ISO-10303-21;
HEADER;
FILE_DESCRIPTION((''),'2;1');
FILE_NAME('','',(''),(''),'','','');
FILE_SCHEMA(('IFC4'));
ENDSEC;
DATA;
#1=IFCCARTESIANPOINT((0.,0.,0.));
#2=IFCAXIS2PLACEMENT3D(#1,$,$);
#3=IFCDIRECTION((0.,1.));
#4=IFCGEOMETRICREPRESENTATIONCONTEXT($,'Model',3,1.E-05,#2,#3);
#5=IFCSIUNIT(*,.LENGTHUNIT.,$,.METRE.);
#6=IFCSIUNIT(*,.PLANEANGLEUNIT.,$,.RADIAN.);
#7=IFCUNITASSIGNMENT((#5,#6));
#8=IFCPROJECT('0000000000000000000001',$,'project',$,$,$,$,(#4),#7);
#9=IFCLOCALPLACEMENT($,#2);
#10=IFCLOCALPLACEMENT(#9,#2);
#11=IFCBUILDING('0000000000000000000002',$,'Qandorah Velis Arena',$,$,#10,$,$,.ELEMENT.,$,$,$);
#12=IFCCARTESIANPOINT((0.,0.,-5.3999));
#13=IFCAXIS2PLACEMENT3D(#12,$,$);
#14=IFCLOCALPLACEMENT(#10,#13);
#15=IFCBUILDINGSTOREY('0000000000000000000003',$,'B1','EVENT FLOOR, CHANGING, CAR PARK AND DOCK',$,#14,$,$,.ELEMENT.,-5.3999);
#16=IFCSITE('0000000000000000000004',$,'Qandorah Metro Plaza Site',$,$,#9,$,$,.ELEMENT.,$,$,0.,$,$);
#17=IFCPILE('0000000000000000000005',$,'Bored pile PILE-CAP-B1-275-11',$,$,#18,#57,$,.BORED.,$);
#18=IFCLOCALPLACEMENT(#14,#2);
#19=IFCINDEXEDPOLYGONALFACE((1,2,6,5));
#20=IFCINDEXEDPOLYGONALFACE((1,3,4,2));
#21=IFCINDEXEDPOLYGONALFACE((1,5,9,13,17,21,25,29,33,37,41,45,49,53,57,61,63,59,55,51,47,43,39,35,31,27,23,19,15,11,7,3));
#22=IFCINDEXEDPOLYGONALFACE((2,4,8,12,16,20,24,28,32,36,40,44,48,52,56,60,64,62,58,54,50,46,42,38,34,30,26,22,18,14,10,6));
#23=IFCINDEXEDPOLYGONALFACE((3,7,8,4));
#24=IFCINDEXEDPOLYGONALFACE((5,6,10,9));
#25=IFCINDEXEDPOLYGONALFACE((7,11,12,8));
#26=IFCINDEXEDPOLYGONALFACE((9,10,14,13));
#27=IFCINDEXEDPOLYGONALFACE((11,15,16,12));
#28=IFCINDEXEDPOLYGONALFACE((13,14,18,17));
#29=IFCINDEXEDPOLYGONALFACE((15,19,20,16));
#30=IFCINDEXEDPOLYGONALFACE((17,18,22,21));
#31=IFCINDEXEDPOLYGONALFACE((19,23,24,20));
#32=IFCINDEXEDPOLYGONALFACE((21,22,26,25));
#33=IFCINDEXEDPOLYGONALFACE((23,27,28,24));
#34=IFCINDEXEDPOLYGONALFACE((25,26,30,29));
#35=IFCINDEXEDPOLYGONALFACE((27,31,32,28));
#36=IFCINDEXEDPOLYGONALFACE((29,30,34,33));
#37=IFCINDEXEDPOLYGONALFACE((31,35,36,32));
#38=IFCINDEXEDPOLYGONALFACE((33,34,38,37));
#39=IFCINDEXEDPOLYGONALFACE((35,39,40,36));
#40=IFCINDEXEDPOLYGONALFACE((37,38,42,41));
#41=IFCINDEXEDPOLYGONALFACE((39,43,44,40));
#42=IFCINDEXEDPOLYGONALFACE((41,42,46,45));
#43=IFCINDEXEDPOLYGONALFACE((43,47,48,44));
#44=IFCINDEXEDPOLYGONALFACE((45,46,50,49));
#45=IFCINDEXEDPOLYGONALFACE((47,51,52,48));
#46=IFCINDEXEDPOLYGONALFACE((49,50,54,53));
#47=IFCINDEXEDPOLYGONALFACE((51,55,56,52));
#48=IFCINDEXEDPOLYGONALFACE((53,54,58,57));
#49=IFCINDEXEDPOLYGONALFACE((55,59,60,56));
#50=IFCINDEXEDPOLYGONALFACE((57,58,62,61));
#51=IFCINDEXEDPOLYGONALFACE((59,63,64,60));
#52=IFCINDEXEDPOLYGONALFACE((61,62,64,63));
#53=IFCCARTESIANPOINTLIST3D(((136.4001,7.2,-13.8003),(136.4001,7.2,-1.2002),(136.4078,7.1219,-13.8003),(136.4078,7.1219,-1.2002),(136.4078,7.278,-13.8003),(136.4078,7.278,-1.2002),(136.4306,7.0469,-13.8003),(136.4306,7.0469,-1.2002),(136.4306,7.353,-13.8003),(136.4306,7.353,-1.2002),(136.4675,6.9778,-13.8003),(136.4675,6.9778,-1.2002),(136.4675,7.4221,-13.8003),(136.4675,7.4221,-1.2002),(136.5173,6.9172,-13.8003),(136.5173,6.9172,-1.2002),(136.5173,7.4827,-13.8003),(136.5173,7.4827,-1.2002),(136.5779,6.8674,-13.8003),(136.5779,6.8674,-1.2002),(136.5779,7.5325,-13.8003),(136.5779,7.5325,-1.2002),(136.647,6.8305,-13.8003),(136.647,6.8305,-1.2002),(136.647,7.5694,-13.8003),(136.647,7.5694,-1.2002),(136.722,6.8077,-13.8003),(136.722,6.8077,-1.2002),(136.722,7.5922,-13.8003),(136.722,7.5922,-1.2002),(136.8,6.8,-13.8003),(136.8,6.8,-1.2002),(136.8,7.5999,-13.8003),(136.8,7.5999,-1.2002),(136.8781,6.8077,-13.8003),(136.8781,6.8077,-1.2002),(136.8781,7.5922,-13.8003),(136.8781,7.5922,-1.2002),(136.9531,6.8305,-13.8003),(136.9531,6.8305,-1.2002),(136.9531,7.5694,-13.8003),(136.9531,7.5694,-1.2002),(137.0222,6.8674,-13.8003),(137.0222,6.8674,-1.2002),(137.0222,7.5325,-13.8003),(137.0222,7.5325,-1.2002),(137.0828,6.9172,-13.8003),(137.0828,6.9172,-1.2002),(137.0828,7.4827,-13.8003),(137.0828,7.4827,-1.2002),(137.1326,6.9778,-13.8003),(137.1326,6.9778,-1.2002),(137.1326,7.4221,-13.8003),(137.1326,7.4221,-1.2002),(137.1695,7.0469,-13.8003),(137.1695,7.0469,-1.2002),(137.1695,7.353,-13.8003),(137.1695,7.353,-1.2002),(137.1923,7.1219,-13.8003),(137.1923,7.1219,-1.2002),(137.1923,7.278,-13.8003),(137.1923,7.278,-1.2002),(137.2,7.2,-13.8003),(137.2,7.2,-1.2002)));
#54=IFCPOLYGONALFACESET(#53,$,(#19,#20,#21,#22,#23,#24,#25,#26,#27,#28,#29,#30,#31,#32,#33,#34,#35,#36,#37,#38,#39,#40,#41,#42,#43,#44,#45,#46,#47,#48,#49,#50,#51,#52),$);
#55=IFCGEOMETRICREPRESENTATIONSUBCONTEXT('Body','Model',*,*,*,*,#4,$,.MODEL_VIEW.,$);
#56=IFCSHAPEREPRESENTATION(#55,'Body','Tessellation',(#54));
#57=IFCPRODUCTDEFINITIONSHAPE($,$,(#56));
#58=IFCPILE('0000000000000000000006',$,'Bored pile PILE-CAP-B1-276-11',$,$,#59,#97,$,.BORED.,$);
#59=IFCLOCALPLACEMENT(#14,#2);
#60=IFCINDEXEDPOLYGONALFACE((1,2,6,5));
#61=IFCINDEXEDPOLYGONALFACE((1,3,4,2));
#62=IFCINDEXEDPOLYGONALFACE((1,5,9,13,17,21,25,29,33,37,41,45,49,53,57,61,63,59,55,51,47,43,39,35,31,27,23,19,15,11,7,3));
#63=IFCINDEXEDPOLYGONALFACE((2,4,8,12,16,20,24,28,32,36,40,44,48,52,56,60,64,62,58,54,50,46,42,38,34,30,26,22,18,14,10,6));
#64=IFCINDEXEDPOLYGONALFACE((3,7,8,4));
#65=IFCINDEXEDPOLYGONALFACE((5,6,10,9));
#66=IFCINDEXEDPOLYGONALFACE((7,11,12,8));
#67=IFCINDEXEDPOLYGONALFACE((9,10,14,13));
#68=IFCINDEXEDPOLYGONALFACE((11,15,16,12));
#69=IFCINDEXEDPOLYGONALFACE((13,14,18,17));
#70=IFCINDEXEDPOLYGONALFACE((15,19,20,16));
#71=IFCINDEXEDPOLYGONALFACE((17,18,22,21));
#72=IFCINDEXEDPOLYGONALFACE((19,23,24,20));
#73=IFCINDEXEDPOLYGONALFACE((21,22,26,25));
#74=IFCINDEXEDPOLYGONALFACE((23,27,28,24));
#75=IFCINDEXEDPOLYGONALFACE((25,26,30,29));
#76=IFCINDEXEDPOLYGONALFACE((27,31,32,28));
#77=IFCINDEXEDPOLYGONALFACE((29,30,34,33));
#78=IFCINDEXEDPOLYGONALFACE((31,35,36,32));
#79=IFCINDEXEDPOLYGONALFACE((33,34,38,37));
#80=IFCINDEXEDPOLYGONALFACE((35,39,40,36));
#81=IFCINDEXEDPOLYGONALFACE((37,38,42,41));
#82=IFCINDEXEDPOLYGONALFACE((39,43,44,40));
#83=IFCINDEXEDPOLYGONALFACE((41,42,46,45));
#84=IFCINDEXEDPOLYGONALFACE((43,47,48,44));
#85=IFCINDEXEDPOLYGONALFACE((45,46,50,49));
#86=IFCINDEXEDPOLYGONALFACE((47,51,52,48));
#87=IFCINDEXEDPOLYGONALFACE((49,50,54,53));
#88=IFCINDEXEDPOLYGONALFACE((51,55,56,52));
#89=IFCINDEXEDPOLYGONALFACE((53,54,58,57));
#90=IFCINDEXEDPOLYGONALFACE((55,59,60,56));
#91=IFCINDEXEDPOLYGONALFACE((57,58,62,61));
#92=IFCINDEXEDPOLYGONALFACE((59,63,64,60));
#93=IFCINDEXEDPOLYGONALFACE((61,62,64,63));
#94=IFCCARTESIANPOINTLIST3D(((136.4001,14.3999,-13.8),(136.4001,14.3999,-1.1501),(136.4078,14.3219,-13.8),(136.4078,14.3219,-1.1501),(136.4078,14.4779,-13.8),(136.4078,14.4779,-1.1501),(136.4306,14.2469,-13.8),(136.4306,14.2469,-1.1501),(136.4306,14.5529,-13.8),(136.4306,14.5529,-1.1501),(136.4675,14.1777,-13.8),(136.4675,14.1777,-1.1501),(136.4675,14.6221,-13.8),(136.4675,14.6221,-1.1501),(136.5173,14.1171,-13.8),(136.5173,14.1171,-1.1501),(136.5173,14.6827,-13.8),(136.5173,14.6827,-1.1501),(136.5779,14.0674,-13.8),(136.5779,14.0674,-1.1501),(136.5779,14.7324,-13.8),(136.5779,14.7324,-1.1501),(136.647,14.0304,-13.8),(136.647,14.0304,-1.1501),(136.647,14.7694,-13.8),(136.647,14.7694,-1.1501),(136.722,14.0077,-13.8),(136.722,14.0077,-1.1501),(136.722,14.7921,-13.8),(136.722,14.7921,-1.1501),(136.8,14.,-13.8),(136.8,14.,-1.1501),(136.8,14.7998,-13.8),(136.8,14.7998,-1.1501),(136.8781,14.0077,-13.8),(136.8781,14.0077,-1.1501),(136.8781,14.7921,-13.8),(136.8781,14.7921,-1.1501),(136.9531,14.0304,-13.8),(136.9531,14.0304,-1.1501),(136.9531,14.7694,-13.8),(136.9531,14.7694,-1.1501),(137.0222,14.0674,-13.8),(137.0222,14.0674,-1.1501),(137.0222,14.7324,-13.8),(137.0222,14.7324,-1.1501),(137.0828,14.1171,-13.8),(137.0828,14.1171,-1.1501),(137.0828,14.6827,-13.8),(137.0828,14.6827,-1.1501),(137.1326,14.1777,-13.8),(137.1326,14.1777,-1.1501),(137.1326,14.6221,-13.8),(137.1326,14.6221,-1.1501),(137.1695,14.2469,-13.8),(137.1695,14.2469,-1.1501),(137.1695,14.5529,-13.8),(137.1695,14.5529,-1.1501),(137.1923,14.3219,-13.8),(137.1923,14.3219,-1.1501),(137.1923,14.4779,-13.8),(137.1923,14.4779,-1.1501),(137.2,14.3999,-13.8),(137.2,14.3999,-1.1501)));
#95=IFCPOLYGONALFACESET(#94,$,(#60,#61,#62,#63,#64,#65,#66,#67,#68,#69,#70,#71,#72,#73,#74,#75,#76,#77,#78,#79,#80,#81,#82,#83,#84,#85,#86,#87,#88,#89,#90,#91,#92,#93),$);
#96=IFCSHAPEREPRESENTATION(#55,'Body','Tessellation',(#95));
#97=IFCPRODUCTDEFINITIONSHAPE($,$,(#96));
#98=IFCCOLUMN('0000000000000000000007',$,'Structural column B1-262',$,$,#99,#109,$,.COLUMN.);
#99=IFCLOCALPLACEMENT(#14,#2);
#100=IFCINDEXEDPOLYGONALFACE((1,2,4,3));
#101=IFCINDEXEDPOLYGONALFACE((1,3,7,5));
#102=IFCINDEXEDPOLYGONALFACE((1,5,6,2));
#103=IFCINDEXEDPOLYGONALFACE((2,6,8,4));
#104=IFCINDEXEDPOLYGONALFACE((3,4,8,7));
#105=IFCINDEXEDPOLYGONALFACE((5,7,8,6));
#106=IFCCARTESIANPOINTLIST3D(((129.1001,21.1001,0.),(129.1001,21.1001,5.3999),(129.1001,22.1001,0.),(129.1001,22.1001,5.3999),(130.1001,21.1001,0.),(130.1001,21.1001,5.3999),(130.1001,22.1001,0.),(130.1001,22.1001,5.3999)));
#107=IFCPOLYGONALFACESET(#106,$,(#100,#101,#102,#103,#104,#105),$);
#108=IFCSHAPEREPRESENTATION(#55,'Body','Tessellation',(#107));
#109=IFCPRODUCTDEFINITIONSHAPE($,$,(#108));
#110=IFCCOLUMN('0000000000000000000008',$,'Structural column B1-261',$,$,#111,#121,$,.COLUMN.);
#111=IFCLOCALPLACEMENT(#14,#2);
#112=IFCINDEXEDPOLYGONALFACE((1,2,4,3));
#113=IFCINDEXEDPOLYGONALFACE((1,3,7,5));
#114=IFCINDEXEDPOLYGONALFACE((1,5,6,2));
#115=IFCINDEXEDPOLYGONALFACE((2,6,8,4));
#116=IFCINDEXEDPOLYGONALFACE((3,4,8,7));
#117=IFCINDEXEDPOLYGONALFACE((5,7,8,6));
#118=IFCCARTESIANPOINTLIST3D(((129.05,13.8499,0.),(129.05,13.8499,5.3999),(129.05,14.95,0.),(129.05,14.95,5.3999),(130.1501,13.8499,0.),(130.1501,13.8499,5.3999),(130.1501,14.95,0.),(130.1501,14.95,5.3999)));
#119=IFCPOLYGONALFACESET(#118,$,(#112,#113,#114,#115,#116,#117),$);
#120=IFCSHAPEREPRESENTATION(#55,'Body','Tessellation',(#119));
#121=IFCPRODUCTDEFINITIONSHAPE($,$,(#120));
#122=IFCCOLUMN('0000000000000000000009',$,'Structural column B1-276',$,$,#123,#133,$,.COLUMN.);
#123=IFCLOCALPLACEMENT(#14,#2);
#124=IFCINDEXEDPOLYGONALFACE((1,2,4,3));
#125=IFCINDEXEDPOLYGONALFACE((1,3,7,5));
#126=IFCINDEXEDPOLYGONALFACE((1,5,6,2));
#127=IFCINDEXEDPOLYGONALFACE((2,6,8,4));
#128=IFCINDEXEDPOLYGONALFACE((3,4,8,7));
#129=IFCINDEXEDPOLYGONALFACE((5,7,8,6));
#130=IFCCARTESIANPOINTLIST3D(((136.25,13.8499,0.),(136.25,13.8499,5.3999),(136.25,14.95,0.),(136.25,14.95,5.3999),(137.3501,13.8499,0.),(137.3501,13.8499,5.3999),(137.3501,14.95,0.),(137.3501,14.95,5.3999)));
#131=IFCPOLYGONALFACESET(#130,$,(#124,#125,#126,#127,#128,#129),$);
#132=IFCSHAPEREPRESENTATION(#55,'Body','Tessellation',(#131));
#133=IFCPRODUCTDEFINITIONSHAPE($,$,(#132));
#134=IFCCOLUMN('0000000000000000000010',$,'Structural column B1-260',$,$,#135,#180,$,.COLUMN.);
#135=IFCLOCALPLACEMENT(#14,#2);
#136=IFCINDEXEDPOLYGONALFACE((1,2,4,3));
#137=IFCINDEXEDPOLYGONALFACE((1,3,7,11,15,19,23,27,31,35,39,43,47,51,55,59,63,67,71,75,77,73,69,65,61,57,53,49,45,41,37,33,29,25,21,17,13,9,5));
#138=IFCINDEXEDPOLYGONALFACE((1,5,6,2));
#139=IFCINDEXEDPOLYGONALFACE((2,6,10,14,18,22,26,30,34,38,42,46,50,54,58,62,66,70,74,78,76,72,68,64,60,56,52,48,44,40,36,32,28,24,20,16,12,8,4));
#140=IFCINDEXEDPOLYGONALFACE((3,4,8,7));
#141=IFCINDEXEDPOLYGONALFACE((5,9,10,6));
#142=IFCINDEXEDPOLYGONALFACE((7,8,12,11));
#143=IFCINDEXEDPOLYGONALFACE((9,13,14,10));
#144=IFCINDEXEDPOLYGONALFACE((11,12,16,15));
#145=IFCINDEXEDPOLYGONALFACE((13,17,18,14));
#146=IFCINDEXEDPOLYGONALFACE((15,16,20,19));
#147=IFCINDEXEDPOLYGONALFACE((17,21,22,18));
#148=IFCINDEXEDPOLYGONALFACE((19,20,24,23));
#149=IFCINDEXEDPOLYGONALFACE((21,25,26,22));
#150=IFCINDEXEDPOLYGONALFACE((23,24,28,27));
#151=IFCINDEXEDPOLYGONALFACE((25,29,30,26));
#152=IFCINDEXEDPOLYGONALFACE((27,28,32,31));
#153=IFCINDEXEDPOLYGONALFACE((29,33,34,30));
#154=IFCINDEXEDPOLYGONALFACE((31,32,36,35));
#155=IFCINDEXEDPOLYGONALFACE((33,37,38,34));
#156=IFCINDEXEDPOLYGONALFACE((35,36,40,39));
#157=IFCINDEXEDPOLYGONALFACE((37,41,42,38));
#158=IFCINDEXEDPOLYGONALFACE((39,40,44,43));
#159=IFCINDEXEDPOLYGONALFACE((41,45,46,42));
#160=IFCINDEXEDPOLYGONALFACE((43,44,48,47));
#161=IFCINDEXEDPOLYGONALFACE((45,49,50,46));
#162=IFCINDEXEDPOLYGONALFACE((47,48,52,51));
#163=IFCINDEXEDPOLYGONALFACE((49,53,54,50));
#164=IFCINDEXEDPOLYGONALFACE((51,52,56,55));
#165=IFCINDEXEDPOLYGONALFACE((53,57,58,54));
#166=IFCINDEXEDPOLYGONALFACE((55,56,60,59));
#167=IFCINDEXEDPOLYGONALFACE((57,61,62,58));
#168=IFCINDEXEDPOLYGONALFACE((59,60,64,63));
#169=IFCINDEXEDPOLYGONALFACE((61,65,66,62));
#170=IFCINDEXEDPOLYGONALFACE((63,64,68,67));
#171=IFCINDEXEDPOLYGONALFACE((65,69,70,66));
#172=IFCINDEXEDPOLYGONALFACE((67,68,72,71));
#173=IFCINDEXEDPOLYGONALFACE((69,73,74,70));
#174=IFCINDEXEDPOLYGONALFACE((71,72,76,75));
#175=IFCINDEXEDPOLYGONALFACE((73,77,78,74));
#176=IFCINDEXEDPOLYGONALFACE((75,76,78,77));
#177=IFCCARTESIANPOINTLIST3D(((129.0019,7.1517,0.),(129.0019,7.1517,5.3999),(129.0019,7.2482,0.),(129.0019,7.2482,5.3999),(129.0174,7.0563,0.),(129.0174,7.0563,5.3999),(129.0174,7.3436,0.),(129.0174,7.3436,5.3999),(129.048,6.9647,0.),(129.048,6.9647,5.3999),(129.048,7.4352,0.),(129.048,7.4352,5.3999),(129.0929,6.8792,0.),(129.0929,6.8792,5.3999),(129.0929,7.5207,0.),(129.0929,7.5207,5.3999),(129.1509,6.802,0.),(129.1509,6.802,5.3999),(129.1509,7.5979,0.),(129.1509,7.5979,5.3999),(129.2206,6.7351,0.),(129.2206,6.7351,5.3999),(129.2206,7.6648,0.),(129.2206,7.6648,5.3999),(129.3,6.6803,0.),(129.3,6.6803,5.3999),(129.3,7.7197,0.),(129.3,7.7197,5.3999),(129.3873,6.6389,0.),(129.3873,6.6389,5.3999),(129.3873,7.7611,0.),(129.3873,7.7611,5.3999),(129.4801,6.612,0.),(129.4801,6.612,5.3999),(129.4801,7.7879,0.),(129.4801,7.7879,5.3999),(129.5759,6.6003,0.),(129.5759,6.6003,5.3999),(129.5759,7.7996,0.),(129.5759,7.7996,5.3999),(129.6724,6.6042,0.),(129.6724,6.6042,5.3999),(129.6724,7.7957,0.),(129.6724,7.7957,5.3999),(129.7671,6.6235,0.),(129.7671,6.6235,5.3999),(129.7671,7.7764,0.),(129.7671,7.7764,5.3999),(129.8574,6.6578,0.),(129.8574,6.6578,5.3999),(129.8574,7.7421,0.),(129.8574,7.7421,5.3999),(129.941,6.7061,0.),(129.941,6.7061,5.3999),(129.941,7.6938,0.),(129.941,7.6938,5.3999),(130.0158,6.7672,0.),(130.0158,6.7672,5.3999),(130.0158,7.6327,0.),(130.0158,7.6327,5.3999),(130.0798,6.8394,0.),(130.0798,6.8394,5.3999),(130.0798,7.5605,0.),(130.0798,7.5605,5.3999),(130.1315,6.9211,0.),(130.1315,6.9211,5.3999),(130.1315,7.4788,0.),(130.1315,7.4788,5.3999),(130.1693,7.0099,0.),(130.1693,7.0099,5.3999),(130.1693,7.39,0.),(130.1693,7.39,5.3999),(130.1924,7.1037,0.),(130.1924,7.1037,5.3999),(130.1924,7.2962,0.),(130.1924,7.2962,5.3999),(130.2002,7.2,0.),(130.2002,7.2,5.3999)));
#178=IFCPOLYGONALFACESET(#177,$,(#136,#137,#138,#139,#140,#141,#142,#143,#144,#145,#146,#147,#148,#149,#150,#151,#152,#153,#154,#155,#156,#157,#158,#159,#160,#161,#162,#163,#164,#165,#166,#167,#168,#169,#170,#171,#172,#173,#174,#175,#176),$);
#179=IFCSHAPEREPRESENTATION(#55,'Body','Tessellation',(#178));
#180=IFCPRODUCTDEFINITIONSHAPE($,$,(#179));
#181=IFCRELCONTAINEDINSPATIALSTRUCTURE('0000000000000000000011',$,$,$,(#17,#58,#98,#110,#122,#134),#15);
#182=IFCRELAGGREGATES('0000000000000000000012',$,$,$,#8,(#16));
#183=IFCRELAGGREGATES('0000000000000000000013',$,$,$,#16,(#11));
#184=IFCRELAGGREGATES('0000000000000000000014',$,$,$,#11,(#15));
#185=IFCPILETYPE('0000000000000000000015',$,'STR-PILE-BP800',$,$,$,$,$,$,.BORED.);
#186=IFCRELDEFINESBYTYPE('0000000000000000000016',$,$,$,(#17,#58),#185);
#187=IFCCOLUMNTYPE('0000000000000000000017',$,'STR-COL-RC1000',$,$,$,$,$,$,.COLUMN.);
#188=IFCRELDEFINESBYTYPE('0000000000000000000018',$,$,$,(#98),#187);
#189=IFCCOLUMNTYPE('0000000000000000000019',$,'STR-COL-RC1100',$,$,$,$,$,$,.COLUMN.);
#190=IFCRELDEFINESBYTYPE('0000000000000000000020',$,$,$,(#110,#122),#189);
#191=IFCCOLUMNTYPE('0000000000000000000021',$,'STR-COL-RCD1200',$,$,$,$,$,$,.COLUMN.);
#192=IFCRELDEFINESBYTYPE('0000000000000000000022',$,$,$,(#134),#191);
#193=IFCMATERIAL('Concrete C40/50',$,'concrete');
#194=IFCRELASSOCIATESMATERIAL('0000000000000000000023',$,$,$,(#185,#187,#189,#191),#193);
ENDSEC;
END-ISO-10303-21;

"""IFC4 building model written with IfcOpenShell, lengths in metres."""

from ifc_helpers import new_model, si_unit, direction, frame, origin, origin_2d, place, context, subcontext, project, spatial, rectangle, circle, extrude, material, material_profile, profile_set, type_object, element, save


model = new_model("IFC4")

# Units and contexts
model_context = context("Model", 3, precision=1e-05, world=origin(), true_north=direction((0.0, 1.0)))
body_context = subcontext(model_context, "Body", "Model", "MODEL_VIEW")
ifc_project = project(units=[si_unit("LENGTHUNIT", "METRE"), si_unit("PLANEANGLEUNIT", "RADIAN")], contexts=[model_context])

# Site, building, storey
site_placement = place(None, origin())
site = spatial("IfcSite", under=ifc_project, at=site_placement, Name="Qandorah Metro Plaza Site", CompositionType="ELEMENT", RefElevation=0.0)
building_placement = place(site_placement, origin())
building = spatial("IfcBuilding", under=site, at=building_placement, Name="Qandorah Velis Arena", CompositionType="ELEMENT")
storey_placement = place(building_placement, frame((0.0, 0.0, -5.3999)))
storey = spatial("IfcBuildingStorey", under=building, at=storey_placement, Name="B1", Description="EVENT FLOOR, CHANGING, CAR PARK AND DOCK", CompositionType="ELEMENT", Elevation=-5.3999)

# Shared definitions
ifc_material_1 = material(Name="Concrete C40/50", Category="concrete")

# Piles
ifc_material_profile_1 = material_profile(ifc_material_1, circle(Radius=0.3999, at=origin_2d()), Name="BORED PILE D800")
ifc_profile_set_1 = profile_set([ifc_material_profile_1], Name="Concrete C40/50")
pile_type_1 = type_object("IfcPileType", Name="STR-PILE-BP800", PredefinedType="BORED", material=ifc_profile_set_1)
pile_1_placement = place(storey_placement, frame((136.8, 7.2, -1.2002), z_axis=(0.0, 0.0, -1.0), x_axis=(1.0, 0.0, 0.0)))
element("IfcPile", 1, at=pile_1_placement, inside=storey, type_object=pile_type_1, Name="Bored pile PILE-CAP-B1-275-11", PredefinedType="BORED", context=body_context, shape_type="SweptSolid", body=[
    extrude(circle(Radius=0.3999, at=origin_2d()), origin(), (0.0, 0.0, 1.0), 12.6001),
])
pile_2_placement = place(storey_placement, frame((136.8, 14.3999, -1.1501), z_axis=(0.0, 0.0, -1.0), x_axis=(1.0, 0.0, 0.0)))
element("IfcPile", 2, at=pile_2_placement, inside=storey, type_object=pile_type_1, Name="Bored pile PILE-CAP-B1-276-11", PredefinedType="BORED", context=body_context, shape_type="SweptSolid", body=[
    extrude(circle(Radius=0.3999, at=origin_2d()), origin(), (0.0, 0.0, 1.0), 12.6499),
])

# Columns
ifc_material_profile_2 = material_profile(ifc_material_1, rectangle(XDim=1.0, YDim=1.0, at=origin_2d()), Name="RC COL 1000x1000")
ifc_profile_set_2 = profile_set([ifc_material_profile_2], Name="Concrete C40/50")
column_type_1 = type_object("IfcColumnType", Name="STR-COL-RC1000", PredefinedType="COLUMN", material=ifc_profile_set_2)
column_placement = place(storey_placement, frame((129.6001, 21.6001, 0.0), z_axis=(0.0, 0.0, 1.0), x_axis=(1.0, 0.0, 0.0)))
element("IfcColumn", 3, at=column_placement, inside=storey, type_object=column_type_1, Name="Structural column B1-262", PredefinedType="COLUMN", context=body_context, shape_type="SweptSolid", body=[
    extrude(rectangle(XDim=1.0, YDim=1.0, at=origin_2d()), origin(), (0.0, 0.0, 1.0), 5.3999),
])
ifc_material_profile_3 = material_profile(ifc_material_1, rectangle(XDim=1.1001, YDim=1.1001, at=origin_2d()), Name="RC COL 1100x1100")
ifc_profile_set_3 = profile_set([ifc_material_profile_3], Name="Concrete C40/50")
column_type_2 = type_object("IfcColumnType", Name="STR-COL-RC1100", PredefinedType="COLUMN", material=ifc_profile_set_3)
for number, where, z_axis, x_axis, name in (
    (4, (129.6001, 14.3999, 0.0), (0.0, 0.0, 1.0), (1.0, 0.0, 0.0), "Structural column B1-261"),
    (5, (136.8, 14.3999, 0.0), (0.0, 0.0, 1.0), (1.0, 0.0, 0.0), "Structural column B1-276"),
):
    element("IfcColumn", number, at=place(storey_placement, frame(where, z_axis=z_axis, x_axis=x_axis)), inside=storey, type_object=column_type_2, Name=name, PredefinedType="COLUMN", context=body_context, shape_type="SweptSolid", body=[
        extrude(rectangle(XDim=1.1001, YDim=1.1001, at=origin_2d()), origin(), (0.0, 0.0, 1.0), 5.3999),
    ])
ifc_material_profile_4 = material_profile(ifc_material_1, circle(Radius=0.6001, at=origin_2d()), Name="RC D1200")
ifc_profile_set_4 = profile_set([ifc_material_profile_4], Name="Concrete C40/50")
column_type_3 = type_object("IfcColumnType", Name="STR-COL-RCD1200", PredefinedType="COLUMN", material=ifc_profile_set_4)
for number, where, z_axis, x_axis, name in (
    (6, (129.6001, 7.2, 0.0), (0.0, 0.0, 1.0), (1.0, 0.0, 0.0), "Structural column B1-260"),
):
    element("IfcColumn", number, at=place(storey_placement, frame(where, z_axis=z_axis, x_axis=x_axis)), inside=storey, type_object=column_type_3, Name=name, PredefinedType="COLUMN", context=body_context, shape_type="SweptSolid", body=[
        extrude(circle(Radius=0.6001, at=origin_2d()), origin(), (0.0, 0.0, 1.0), 5.3999),
    ])

save(model, "model.ifc")
